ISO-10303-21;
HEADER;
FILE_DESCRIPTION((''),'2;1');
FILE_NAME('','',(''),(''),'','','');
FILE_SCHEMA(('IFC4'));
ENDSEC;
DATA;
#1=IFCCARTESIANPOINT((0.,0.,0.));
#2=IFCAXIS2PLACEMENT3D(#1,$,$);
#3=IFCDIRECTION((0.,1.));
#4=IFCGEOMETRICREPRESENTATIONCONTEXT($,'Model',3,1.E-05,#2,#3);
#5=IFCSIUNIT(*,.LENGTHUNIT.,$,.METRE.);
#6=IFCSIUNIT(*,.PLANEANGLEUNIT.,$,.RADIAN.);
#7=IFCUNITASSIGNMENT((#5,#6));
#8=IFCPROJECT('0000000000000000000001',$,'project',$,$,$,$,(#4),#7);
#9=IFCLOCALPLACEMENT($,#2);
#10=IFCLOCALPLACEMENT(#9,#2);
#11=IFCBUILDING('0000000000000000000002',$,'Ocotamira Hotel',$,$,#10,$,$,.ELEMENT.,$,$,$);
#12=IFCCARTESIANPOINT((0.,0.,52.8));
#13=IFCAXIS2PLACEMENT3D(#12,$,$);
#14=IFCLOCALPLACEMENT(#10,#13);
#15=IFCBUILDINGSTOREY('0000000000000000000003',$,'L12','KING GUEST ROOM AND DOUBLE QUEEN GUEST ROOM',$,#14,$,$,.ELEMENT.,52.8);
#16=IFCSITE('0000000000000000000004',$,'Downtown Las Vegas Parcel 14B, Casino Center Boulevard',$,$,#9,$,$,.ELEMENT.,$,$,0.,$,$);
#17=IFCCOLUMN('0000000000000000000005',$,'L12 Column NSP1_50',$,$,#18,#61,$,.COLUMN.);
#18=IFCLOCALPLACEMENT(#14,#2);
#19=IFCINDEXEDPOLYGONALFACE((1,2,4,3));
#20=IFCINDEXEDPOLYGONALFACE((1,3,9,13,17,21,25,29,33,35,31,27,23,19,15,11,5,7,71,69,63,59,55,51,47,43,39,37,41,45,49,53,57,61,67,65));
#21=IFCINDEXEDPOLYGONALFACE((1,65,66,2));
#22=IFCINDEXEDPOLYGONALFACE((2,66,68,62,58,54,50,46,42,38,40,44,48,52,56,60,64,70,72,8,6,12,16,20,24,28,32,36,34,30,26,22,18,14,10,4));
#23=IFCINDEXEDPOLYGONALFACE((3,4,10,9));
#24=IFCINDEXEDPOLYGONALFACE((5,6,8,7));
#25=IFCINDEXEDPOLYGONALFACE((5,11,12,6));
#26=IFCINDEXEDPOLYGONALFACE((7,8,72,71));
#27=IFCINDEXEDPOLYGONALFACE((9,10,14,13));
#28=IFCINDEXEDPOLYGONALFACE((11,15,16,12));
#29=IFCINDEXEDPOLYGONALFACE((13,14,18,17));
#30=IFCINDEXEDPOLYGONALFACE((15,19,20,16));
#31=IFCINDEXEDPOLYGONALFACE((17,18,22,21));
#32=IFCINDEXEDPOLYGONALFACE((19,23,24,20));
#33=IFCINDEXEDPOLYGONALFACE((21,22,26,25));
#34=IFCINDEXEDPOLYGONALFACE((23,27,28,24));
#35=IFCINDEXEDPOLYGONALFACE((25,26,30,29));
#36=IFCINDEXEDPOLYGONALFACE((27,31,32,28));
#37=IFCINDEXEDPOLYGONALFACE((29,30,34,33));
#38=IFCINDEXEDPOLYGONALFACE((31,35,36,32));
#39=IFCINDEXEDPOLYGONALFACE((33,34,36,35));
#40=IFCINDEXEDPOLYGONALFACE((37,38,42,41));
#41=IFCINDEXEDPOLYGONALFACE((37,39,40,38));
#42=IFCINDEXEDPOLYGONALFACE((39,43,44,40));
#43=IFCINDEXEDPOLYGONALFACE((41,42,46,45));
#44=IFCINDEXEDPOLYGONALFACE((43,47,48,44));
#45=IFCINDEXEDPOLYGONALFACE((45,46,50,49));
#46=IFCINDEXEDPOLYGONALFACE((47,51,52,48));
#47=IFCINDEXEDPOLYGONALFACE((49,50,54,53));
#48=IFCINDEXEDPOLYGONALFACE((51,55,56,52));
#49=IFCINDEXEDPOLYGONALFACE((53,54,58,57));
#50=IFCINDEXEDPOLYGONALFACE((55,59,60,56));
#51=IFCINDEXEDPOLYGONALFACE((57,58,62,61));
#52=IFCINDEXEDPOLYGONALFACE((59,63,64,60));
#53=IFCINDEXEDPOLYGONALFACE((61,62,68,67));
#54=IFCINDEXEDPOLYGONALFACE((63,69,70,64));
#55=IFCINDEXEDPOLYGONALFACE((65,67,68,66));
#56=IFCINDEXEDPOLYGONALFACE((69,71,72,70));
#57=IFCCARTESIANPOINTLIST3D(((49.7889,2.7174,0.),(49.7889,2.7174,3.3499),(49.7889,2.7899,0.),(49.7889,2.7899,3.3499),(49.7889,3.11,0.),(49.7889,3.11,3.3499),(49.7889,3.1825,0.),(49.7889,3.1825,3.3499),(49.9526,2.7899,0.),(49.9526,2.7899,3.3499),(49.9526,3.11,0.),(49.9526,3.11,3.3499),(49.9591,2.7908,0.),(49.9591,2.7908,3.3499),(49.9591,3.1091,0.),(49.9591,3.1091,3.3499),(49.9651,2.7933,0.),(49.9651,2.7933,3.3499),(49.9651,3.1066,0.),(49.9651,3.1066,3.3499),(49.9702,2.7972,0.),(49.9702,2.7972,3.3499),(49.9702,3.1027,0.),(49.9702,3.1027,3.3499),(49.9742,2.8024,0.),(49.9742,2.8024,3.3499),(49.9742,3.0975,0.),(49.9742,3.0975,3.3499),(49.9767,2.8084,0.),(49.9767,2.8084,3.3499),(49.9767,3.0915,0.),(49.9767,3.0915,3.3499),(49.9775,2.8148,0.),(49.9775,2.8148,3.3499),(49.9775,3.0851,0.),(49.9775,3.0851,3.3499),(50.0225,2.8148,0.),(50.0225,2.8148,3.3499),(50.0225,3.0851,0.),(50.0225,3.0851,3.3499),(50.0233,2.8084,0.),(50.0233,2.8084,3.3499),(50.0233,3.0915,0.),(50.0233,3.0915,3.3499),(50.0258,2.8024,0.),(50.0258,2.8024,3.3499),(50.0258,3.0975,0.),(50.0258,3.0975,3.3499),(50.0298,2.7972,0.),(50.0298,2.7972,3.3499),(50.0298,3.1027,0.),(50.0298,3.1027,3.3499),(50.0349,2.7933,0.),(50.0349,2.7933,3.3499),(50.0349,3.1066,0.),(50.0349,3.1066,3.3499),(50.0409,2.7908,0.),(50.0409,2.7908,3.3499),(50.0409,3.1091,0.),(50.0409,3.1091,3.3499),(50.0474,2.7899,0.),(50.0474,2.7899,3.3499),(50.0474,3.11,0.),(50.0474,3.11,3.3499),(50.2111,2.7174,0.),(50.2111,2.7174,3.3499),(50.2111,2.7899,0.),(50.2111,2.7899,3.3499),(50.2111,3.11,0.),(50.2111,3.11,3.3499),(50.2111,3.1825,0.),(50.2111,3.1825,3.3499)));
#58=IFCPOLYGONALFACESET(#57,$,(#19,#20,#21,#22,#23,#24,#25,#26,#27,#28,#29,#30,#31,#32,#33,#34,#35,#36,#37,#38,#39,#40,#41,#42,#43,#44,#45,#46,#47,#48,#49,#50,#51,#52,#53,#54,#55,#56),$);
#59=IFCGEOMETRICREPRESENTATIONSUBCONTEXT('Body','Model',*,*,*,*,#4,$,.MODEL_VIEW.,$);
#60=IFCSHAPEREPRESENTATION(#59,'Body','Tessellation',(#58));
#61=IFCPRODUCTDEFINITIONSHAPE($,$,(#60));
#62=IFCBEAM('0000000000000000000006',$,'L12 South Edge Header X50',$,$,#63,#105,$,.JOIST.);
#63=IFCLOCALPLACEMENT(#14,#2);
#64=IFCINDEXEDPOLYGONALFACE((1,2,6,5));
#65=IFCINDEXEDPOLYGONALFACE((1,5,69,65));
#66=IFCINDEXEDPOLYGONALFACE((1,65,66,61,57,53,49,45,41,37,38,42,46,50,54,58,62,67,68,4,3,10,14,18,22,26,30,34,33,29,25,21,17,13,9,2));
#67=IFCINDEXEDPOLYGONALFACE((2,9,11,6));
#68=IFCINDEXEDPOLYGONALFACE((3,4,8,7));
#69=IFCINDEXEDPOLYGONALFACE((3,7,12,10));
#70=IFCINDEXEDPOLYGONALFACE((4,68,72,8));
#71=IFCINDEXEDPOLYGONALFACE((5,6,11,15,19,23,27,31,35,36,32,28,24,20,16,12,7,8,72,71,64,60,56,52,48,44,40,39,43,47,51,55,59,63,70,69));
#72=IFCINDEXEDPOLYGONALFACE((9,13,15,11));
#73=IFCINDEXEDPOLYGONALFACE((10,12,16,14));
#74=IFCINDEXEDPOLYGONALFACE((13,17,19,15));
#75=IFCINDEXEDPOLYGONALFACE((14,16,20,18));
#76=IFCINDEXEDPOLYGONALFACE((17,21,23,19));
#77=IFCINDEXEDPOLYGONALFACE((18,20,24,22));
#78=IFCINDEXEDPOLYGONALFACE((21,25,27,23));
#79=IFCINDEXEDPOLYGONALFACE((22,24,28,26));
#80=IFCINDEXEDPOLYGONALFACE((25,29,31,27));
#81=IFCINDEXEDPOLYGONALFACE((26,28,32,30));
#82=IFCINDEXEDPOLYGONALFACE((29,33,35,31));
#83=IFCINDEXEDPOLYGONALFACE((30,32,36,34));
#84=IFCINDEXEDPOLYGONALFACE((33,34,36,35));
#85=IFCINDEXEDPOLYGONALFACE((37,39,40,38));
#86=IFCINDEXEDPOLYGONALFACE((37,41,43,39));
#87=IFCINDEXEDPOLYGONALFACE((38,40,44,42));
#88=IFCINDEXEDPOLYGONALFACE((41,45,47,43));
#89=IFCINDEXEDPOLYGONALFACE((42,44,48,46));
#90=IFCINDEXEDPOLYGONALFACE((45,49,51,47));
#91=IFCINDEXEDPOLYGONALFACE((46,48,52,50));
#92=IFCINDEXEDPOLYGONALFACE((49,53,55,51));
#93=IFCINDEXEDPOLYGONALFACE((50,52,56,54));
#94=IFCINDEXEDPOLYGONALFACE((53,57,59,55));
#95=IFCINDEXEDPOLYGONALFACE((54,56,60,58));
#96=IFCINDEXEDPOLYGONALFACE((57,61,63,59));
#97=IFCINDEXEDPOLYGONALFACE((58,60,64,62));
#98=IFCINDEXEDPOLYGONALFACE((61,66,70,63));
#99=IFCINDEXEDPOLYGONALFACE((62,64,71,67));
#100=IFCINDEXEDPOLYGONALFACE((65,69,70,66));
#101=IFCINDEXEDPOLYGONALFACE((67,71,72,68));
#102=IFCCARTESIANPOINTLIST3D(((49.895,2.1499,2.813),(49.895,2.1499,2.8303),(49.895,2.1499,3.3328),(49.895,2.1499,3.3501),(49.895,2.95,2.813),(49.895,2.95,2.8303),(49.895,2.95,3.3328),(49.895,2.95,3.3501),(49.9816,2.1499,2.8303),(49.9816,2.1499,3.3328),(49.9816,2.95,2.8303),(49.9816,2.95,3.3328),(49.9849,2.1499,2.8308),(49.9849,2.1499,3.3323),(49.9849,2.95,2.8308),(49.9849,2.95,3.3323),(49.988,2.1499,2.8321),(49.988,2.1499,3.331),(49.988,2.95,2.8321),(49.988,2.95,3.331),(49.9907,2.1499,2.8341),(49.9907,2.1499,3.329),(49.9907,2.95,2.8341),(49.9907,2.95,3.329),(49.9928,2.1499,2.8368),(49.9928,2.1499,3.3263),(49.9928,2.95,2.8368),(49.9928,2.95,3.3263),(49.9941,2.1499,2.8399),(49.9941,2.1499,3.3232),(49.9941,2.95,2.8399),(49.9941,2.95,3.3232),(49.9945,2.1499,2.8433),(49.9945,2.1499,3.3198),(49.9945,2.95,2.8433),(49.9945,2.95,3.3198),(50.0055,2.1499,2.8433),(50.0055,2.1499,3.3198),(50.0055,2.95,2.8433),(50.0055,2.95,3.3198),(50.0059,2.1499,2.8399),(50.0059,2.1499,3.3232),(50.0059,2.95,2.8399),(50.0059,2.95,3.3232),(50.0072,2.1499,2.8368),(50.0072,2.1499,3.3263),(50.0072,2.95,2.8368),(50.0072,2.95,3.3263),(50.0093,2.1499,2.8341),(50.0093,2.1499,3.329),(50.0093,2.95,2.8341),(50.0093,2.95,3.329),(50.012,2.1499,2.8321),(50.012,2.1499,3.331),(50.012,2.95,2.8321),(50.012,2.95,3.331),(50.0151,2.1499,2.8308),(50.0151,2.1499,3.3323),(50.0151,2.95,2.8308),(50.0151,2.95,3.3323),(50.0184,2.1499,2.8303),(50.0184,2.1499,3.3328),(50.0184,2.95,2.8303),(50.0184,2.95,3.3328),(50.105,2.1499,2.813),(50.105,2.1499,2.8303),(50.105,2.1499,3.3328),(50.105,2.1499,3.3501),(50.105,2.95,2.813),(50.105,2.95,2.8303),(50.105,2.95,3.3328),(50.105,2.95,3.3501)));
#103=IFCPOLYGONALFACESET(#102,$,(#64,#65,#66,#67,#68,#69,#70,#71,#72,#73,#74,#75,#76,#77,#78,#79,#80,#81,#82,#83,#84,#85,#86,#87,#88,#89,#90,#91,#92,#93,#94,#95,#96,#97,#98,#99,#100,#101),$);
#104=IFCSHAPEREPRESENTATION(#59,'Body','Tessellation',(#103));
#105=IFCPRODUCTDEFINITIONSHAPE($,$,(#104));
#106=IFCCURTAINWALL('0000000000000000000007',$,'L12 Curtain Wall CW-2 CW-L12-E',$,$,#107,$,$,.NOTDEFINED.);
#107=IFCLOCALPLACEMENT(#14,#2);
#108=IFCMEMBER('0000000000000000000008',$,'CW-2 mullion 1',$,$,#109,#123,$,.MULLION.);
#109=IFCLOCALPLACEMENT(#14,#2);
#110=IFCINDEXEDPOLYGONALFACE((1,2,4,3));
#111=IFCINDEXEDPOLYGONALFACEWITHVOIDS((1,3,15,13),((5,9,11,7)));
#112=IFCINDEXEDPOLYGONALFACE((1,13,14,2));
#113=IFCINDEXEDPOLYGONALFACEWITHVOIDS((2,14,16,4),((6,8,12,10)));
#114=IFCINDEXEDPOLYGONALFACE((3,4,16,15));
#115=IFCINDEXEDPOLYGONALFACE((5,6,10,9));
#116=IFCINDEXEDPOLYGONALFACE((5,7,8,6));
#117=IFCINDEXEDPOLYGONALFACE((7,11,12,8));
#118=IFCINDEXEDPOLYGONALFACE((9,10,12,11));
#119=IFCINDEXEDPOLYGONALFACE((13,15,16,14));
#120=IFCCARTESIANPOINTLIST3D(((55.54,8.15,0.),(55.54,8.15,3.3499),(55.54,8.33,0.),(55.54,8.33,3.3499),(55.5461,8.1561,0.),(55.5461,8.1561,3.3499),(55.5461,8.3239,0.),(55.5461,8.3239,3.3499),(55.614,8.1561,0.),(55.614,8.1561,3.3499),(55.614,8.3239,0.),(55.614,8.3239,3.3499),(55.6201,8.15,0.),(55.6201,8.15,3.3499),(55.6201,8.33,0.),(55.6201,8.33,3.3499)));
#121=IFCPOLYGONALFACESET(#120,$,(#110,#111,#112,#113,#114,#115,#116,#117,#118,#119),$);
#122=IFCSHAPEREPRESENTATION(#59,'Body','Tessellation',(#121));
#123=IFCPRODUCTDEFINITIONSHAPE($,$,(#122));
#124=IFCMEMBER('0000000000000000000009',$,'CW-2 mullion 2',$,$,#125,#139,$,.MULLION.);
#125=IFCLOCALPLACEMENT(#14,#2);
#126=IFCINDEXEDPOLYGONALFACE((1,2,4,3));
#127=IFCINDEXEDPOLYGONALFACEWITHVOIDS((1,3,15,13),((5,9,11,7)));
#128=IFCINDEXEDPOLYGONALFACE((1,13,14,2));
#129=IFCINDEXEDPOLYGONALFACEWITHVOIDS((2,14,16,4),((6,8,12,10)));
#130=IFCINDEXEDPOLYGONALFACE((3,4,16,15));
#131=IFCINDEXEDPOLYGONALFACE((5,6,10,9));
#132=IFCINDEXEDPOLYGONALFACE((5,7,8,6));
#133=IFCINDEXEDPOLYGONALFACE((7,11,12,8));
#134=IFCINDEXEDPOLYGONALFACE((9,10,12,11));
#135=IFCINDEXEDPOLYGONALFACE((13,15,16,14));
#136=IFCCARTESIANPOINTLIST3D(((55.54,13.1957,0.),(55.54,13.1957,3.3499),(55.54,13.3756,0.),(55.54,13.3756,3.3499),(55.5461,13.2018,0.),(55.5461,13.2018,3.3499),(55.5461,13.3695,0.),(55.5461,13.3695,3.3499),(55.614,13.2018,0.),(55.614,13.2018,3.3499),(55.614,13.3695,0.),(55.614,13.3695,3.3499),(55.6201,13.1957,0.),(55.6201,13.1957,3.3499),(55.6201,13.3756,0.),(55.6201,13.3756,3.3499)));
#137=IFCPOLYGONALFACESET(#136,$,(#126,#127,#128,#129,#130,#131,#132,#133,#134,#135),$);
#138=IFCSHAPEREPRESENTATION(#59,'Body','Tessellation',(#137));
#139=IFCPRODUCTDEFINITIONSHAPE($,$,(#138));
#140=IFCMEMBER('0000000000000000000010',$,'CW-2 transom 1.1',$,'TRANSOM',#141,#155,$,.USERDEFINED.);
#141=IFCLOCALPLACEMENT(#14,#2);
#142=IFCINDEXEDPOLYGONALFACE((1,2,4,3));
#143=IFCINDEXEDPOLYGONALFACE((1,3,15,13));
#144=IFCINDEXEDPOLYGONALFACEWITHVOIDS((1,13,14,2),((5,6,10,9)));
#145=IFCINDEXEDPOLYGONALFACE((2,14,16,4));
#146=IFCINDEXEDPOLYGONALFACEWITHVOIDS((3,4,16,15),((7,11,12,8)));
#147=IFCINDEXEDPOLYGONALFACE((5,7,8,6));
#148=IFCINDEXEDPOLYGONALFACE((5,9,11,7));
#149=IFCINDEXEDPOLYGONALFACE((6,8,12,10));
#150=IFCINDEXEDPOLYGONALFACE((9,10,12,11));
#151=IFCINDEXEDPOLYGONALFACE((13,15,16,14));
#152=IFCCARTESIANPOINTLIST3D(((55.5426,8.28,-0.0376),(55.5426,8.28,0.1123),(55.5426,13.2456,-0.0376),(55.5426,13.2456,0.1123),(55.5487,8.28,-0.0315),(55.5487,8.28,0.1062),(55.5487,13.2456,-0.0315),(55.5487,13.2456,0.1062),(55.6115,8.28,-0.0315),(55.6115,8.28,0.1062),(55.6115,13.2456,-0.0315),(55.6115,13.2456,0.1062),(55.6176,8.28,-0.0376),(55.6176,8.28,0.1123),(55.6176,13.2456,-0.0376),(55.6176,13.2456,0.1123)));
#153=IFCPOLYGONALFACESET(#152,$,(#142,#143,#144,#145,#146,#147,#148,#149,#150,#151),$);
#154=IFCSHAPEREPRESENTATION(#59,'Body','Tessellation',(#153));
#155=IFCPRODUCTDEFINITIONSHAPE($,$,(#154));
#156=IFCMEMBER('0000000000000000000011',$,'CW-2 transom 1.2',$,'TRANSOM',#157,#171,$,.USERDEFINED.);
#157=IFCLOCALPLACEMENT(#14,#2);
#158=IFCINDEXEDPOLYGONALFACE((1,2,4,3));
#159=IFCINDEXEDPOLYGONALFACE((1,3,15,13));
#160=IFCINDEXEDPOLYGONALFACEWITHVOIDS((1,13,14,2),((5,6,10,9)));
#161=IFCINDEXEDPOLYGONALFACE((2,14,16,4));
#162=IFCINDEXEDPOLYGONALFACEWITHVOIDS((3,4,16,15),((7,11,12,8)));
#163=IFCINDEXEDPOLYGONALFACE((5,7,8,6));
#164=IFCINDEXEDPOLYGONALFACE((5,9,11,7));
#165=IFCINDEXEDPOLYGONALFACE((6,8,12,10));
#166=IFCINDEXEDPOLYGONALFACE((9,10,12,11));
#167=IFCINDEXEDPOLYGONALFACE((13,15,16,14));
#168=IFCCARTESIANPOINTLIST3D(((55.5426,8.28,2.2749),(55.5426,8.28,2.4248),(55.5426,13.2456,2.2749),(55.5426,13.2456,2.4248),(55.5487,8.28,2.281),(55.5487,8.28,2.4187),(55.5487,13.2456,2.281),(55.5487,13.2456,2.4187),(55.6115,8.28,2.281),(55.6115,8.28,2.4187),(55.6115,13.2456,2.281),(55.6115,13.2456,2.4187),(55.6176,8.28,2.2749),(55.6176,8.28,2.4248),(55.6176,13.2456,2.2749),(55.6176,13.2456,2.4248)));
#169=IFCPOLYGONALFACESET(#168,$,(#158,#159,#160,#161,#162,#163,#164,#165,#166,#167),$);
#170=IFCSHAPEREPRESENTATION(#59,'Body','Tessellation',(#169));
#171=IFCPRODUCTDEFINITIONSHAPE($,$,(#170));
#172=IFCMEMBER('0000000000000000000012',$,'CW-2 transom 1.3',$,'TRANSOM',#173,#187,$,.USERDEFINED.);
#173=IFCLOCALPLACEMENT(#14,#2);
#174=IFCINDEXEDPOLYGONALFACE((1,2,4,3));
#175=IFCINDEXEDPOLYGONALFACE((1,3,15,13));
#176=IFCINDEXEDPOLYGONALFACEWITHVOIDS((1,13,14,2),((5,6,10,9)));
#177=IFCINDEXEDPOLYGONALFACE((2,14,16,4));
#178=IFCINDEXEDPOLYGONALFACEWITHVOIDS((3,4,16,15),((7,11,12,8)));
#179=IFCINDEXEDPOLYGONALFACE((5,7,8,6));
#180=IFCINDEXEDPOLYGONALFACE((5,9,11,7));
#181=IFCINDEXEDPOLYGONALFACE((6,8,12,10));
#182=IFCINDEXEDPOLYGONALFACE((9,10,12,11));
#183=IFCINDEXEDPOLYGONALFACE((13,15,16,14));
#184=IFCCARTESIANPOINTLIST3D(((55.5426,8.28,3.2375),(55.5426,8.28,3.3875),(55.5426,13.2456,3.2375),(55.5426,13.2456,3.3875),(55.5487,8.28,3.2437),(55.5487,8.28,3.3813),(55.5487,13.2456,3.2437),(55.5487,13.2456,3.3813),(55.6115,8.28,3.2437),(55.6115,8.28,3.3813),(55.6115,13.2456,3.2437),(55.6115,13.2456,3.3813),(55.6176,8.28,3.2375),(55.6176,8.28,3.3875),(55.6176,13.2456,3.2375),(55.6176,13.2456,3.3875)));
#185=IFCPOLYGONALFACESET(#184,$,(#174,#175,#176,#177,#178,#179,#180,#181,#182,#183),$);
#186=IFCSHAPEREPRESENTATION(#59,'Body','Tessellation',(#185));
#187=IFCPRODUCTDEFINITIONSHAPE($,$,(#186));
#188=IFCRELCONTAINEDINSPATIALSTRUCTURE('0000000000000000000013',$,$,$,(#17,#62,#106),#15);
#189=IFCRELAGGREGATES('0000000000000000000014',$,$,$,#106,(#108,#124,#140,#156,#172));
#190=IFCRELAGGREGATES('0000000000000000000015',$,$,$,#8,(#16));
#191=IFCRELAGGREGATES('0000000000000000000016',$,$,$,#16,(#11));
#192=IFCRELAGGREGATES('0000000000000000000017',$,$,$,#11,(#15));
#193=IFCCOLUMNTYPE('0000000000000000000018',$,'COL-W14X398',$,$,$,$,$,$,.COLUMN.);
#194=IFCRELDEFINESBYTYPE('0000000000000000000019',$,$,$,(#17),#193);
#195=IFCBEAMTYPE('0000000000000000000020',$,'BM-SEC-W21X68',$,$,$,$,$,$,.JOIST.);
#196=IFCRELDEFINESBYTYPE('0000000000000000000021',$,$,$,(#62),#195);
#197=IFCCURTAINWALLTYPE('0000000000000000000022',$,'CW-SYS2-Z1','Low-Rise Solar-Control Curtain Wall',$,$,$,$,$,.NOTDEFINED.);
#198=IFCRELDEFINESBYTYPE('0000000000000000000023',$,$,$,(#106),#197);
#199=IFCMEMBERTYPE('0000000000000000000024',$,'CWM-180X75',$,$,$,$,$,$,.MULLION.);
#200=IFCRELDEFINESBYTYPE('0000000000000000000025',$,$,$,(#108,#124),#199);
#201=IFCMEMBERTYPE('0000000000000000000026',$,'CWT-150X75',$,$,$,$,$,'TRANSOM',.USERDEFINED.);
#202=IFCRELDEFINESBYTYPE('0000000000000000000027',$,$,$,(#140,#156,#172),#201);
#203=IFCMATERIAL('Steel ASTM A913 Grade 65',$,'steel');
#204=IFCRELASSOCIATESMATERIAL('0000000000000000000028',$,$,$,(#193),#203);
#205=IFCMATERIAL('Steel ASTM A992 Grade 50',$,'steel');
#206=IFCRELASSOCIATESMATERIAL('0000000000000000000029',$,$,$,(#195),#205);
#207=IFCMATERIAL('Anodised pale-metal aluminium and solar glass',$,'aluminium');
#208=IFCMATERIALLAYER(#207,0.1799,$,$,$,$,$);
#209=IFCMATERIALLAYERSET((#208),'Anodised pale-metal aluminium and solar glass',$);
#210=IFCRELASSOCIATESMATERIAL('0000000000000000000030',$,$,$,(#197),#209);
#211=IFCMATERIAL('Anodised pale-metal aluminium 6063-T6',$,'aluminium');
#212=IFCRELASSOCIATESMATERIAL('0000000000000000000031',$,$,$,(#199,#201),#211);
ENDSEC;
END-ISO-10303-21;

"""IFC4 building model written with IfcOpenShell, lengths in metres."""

from ifc_helpers import new_model, si_unit, direction, frame, origin, origin_2d, place, context, subcontext, project, spatial, hollow_rectangle, i_section, extrude, source, transform, mapped, material, layer, layer_set, material_profile, profile_set, type_object, element, aggregate, save


model = new_model("IFC4")

# Units and contexts
model_context = context("Model", 3, precision=1e-05, world=origin(), true_north=direction((0.0, 1.0)))
body_context = subcontext(model_context, "Body", "Model", "MODEL_VIEW")
ifc_project = project(units=[si_unit("LENGTHUNIT", "METRE"), si_unit("PLANEANGLEUNIT", "RADIAN")], contexts=[model_context])

# Site, building, storey
site_placement = place(None, origin())
site = spatial("IfcSite", under=ifc_project, at=site_placement, Name="Downtown Las Vegas Parcel 14B, Casino Center Boulevard", CompositionType="ELEMENT", RefElevation=0.0)
building_placement = place(site_placement, origin())
building = spatial("IfcBuilding", under=site, at=building_placement, Name="Ocotamira Hotel", CompositionType="ELEMENT")
storey_placement = place(building_placement, frame((0.0, 0.0, 52.8)))
storey = spatial("IfcBuildingStorey", under=building, at=storey_placement, Name="L12", Description="KING GUEST ROOM AND DOUBLE QUEEN GUEST ROOM", CompositionType="ELEMENT", Elevation=52.8)

# Column
ifc_material_1 = material(Name="Steel ASTM A913 Grade 65", Category="steel")
ifc_material_profile_1 = material_profile(ifc_material_1, i_section(OverallWidth=0.4221, OverallDepth=0.4651, WebThickness=0.0449, FlangeThickness=0.0725, FilletRadius=0.0249, at=origin_2d()), Name="W14X398")
ifc_profile_set_1 = profile_set([ifc_material_profile_1], Name="Steel ASTM A913 Grade 65")
column_type = type_object("IfcColumnType", Name="COL-W14X398", PredefinedType="COLUMN", material=ifc_profile_set_1)
shared_shape_1 = source(origin(), body_context, "Body", "SweptSolid", [
    extrude(i_section(OverallWidth=0.4221, OverallDepth=0.4651, WebThickness=0.0449, FlangeThickness=0.0725, FilletRadius=0.0249, at=origin_2d()), origin(), (0.0, 0.0, 1.0), 3.3499),
])
column_placement = place(storey_placement, frame((50.0, 2.95, 0.0), z_axis=(0.0, 0.0, 1.0), x_axis=(1.0, 0.0, 0.0)))
element("IfcColumn", 1, at=column_placement, inside=storey, type_object=column_type, Name="L12 Column NSP1_50", PredefinedType="COLUMN", context=body_context, shape_type="MappedRepresentation", body=[
    mapped(shared_shape_1, transform((0.0, 0.0, 0.0), scale=1.0)),
])

# Beam
ifc_material_2 = material(Name="Steel ASTM A992 Grade 50", Category="steel")
ifc_material_profile_2 = material_profile(ifc_material_2, i_section(OverallWidth=0.21, OverallDepth=0.5371, WebThickness=0.011, FlangeThickness=0.0173, FilletRadius=0.0129, at=origin_2d()), Name="W21X68")
ifc_profile_set_2 = profile_set([ifc_material_profile_2], Name="Steel ASTM A992 Grade 50")
beam_type = type_object("IfcBeamType", Name="BM-SEC-W21X68", PredefinedType="JOIST", material=ifc_profile_set_2)
shared_shape_2 = source(origin(), body_context, "Body", "SweptSolid", [
    extrude(i_section(OverallWidth=0.21, OverallDepth=0.5371, WebThickness=0.011, FlangeThickness=0.0173, FilletRadius=0.0129, at=origin_2d()), origin(), (0.0, 0.0, 1.0), 0.8),
])
beam_placement = place(storey_placement, frame((50.0, 2.95, 3.0815), z_axis=(0.0, -1.0, 0.0), x_axis=(1.0, 0.0, 0.0)))
element("IfcBeam", 2, at=beam_placement, inside=storey, type_object=beam_type, Name="L12 South Edge Header X50", PredefinedType="JOIST", context=body_context, shape_type="MappedRepresentation", body=[
    mapped(shared_shape_2, transform((0.0, 0.0, 0.0), scale=1.0)),
])

# Curtain wall, members
ifc_material_3 = material(Name="Anodised pale-metal aluminium and solar glass", Category="aluminium")
ifc_layer_1 = layer(ifc_material_3, 0.1799)
ifc_layer_set_1 = layer_set([ifc_layer_1], Name="Anodised pale-metal aluminium and solar glass")
curtain_wall_type = type_object("IfcCurtainWallType", Name="CW-SYS2-Z1", Description="Low-Rise Solar-Control Curtain Wall", PredefinedType="NOTDEFINED", material=ifc_layer_set_1)
curtain_wall_placement = place(storey_placement, origin())
curtain_wall = element("IfcCurtainWall", 3, at=curtain_wall_placement, inside=storey, type_object=curtain_wall_type, Name="L12 Curtain Wall CW-2 CW-L12-E", PredefinedType="NOTDEFINED")
ifc_material_4 = material(Name="Anodised pale-metal aluminium 6063-T6", Category="aluminium")
ifc_material_profile_3 = material_profile(ifc_material_4, hollow_rectangle(XDim=0.0801, YDim=0.1799, WallThickness=0.0061, at=origin_2d()), Name="HSS180X80X6")
ifc_profile_set_3 = profile_set([ifc_material_profile_3], Name="Anodised pale-metal aluminium 6063-T6")
member_type_1 = type_object("IfcMemberType", Name="CWM-180X75", PredefinedType="MULLION", material=ifc_profile_set_3)
shared_shape_3 = source(origin(), body_context, "Body", "SweptSolid", [
    extrude(hollow_rectangle(XDim=0.0801, YDim=0.1799, WallThickness=0.0061, at=origin_2d()), origin(), (0.0, 0.0, 1.0), 3.3499),
])
member_1_placement = place(storey_placement, frame((55.5801, 8.24, 0.0), z_axis=(0.0, 0.0, 1.0), x_axis=(-1.0, 0.0, 0.0)))
member_1 = element("IfcMember", 4, at=member_1_placement, type_object=member_type_1, Name="CW-2 mullion 1", PredefinedType="MULLION", context=body_context, shape_type="MappedRepresentation", body=[
    mapped(shared_shape_3, transform((0.0, 0.0, 0.0), scale=1.0)),
])
member_2_placement = place(storey_placement, frame((55.5801, 13.2856, 0.0), z_axis=(0.0, 0.0, 1.0), x_axis=(-1.0, 0.0, 0.0)))
member_2 = element("IfcMember", 5, at=member_2_placement, type_object=member_type_1, Name="CW-2 mullion 2", PredefinedType="MULLION", context=body_context, shape_type="MappedRepresentation", body=[
    mapped(shared_shape_3, transform((0.0, 0.0, 0.0), scale=1.0)),
])
ifc_material_profile_4 = material_profile(ifc_material_4, hollow_rectangle(XDim=0.075, YDim=0.1499, WallThickness=0.0061, at=origin_2d()), Name="HSS150X75X6")
ifc_profile_set_4 = profile_set([ifc_material_profile_4], Name="Anodised pale-metal aluminium 6063-T6")
member_type_2 = type_object("IfcMemberType", Name="CWT-150X75", ElementType="TRANSOM", PredefinedType="USERDEFINED", material=ifc_profile_set_4)
shared_shape_4 = source(origin(), body_context, "Body", "SweptSolid", [
    extrude(hollow_rectangle(XDim=0.075, YDim=0.1499, WallThickness=0.0061, at=origin_2d()), origin(), (0.0, 0.0, 1.0), 4.9656),
])
member_3_placement = place(storey_placement, frame((55.5801, 8.28, 0.0374), z_axis=(0.0, 1.0, 0.0), x_axis=(-1.0, 0.0, 0.0)))
member_3 = element("IfcMember", 6, at=member_3_placement, type_object=member_type_2, Name="CW-2 transom 1.1", ObjectType="TRANSOM", PredefinedType="USERDEFINED", context=body_context, shape_type="MappedRepresentation", body=[
    mapped(shared_shape_4, transform((0.0, 0.0, 0.0), scale=1.0)),
])
member_4_placement = place(storey_placement, frame((55.5801, 8.28, 2.3499), z_axis=(0.0, 1.0, 0.0), x_axis=(-1.0, 0.0, 0.0)))
member_4 = element("IfcMember", 7, at=member_4_placement, type_object=member_type_2, Name="CW-2 transom 1.2", ObjectType="TRANSOM", PredefinedType="USERDEFINED", context=body_context, shape_type="MappedRepresentation", body=[
    mapped(shared_shape_4, transform((0.0, 0.0, 0.0), scale=1.0)),
])
member_5_placement = place(storey_placement, frame((55.5801, 8.28, 3.3125), z_axis=(0.0, 1.0, 0.0), x_axis=(-1.0, 0.0, 0.0)))
member_5 = element("IfcMember", 8, at=member_5_placement, type_object=member_type_2, Name="CW-2 transom 1.3", ObjectType="TRANSOM", PredefinedType="USERDEFINED", context=body_context, shape_type="MappedRepresentation", body=[
    mapped(shared_shape_4, transform((0.0, 0.0, 0.0), scale=1.0)),
])
aggregate(curtain_wall, [member_1, member_2, member_3, member_4, member_5])

save(model, "model.ifc")
